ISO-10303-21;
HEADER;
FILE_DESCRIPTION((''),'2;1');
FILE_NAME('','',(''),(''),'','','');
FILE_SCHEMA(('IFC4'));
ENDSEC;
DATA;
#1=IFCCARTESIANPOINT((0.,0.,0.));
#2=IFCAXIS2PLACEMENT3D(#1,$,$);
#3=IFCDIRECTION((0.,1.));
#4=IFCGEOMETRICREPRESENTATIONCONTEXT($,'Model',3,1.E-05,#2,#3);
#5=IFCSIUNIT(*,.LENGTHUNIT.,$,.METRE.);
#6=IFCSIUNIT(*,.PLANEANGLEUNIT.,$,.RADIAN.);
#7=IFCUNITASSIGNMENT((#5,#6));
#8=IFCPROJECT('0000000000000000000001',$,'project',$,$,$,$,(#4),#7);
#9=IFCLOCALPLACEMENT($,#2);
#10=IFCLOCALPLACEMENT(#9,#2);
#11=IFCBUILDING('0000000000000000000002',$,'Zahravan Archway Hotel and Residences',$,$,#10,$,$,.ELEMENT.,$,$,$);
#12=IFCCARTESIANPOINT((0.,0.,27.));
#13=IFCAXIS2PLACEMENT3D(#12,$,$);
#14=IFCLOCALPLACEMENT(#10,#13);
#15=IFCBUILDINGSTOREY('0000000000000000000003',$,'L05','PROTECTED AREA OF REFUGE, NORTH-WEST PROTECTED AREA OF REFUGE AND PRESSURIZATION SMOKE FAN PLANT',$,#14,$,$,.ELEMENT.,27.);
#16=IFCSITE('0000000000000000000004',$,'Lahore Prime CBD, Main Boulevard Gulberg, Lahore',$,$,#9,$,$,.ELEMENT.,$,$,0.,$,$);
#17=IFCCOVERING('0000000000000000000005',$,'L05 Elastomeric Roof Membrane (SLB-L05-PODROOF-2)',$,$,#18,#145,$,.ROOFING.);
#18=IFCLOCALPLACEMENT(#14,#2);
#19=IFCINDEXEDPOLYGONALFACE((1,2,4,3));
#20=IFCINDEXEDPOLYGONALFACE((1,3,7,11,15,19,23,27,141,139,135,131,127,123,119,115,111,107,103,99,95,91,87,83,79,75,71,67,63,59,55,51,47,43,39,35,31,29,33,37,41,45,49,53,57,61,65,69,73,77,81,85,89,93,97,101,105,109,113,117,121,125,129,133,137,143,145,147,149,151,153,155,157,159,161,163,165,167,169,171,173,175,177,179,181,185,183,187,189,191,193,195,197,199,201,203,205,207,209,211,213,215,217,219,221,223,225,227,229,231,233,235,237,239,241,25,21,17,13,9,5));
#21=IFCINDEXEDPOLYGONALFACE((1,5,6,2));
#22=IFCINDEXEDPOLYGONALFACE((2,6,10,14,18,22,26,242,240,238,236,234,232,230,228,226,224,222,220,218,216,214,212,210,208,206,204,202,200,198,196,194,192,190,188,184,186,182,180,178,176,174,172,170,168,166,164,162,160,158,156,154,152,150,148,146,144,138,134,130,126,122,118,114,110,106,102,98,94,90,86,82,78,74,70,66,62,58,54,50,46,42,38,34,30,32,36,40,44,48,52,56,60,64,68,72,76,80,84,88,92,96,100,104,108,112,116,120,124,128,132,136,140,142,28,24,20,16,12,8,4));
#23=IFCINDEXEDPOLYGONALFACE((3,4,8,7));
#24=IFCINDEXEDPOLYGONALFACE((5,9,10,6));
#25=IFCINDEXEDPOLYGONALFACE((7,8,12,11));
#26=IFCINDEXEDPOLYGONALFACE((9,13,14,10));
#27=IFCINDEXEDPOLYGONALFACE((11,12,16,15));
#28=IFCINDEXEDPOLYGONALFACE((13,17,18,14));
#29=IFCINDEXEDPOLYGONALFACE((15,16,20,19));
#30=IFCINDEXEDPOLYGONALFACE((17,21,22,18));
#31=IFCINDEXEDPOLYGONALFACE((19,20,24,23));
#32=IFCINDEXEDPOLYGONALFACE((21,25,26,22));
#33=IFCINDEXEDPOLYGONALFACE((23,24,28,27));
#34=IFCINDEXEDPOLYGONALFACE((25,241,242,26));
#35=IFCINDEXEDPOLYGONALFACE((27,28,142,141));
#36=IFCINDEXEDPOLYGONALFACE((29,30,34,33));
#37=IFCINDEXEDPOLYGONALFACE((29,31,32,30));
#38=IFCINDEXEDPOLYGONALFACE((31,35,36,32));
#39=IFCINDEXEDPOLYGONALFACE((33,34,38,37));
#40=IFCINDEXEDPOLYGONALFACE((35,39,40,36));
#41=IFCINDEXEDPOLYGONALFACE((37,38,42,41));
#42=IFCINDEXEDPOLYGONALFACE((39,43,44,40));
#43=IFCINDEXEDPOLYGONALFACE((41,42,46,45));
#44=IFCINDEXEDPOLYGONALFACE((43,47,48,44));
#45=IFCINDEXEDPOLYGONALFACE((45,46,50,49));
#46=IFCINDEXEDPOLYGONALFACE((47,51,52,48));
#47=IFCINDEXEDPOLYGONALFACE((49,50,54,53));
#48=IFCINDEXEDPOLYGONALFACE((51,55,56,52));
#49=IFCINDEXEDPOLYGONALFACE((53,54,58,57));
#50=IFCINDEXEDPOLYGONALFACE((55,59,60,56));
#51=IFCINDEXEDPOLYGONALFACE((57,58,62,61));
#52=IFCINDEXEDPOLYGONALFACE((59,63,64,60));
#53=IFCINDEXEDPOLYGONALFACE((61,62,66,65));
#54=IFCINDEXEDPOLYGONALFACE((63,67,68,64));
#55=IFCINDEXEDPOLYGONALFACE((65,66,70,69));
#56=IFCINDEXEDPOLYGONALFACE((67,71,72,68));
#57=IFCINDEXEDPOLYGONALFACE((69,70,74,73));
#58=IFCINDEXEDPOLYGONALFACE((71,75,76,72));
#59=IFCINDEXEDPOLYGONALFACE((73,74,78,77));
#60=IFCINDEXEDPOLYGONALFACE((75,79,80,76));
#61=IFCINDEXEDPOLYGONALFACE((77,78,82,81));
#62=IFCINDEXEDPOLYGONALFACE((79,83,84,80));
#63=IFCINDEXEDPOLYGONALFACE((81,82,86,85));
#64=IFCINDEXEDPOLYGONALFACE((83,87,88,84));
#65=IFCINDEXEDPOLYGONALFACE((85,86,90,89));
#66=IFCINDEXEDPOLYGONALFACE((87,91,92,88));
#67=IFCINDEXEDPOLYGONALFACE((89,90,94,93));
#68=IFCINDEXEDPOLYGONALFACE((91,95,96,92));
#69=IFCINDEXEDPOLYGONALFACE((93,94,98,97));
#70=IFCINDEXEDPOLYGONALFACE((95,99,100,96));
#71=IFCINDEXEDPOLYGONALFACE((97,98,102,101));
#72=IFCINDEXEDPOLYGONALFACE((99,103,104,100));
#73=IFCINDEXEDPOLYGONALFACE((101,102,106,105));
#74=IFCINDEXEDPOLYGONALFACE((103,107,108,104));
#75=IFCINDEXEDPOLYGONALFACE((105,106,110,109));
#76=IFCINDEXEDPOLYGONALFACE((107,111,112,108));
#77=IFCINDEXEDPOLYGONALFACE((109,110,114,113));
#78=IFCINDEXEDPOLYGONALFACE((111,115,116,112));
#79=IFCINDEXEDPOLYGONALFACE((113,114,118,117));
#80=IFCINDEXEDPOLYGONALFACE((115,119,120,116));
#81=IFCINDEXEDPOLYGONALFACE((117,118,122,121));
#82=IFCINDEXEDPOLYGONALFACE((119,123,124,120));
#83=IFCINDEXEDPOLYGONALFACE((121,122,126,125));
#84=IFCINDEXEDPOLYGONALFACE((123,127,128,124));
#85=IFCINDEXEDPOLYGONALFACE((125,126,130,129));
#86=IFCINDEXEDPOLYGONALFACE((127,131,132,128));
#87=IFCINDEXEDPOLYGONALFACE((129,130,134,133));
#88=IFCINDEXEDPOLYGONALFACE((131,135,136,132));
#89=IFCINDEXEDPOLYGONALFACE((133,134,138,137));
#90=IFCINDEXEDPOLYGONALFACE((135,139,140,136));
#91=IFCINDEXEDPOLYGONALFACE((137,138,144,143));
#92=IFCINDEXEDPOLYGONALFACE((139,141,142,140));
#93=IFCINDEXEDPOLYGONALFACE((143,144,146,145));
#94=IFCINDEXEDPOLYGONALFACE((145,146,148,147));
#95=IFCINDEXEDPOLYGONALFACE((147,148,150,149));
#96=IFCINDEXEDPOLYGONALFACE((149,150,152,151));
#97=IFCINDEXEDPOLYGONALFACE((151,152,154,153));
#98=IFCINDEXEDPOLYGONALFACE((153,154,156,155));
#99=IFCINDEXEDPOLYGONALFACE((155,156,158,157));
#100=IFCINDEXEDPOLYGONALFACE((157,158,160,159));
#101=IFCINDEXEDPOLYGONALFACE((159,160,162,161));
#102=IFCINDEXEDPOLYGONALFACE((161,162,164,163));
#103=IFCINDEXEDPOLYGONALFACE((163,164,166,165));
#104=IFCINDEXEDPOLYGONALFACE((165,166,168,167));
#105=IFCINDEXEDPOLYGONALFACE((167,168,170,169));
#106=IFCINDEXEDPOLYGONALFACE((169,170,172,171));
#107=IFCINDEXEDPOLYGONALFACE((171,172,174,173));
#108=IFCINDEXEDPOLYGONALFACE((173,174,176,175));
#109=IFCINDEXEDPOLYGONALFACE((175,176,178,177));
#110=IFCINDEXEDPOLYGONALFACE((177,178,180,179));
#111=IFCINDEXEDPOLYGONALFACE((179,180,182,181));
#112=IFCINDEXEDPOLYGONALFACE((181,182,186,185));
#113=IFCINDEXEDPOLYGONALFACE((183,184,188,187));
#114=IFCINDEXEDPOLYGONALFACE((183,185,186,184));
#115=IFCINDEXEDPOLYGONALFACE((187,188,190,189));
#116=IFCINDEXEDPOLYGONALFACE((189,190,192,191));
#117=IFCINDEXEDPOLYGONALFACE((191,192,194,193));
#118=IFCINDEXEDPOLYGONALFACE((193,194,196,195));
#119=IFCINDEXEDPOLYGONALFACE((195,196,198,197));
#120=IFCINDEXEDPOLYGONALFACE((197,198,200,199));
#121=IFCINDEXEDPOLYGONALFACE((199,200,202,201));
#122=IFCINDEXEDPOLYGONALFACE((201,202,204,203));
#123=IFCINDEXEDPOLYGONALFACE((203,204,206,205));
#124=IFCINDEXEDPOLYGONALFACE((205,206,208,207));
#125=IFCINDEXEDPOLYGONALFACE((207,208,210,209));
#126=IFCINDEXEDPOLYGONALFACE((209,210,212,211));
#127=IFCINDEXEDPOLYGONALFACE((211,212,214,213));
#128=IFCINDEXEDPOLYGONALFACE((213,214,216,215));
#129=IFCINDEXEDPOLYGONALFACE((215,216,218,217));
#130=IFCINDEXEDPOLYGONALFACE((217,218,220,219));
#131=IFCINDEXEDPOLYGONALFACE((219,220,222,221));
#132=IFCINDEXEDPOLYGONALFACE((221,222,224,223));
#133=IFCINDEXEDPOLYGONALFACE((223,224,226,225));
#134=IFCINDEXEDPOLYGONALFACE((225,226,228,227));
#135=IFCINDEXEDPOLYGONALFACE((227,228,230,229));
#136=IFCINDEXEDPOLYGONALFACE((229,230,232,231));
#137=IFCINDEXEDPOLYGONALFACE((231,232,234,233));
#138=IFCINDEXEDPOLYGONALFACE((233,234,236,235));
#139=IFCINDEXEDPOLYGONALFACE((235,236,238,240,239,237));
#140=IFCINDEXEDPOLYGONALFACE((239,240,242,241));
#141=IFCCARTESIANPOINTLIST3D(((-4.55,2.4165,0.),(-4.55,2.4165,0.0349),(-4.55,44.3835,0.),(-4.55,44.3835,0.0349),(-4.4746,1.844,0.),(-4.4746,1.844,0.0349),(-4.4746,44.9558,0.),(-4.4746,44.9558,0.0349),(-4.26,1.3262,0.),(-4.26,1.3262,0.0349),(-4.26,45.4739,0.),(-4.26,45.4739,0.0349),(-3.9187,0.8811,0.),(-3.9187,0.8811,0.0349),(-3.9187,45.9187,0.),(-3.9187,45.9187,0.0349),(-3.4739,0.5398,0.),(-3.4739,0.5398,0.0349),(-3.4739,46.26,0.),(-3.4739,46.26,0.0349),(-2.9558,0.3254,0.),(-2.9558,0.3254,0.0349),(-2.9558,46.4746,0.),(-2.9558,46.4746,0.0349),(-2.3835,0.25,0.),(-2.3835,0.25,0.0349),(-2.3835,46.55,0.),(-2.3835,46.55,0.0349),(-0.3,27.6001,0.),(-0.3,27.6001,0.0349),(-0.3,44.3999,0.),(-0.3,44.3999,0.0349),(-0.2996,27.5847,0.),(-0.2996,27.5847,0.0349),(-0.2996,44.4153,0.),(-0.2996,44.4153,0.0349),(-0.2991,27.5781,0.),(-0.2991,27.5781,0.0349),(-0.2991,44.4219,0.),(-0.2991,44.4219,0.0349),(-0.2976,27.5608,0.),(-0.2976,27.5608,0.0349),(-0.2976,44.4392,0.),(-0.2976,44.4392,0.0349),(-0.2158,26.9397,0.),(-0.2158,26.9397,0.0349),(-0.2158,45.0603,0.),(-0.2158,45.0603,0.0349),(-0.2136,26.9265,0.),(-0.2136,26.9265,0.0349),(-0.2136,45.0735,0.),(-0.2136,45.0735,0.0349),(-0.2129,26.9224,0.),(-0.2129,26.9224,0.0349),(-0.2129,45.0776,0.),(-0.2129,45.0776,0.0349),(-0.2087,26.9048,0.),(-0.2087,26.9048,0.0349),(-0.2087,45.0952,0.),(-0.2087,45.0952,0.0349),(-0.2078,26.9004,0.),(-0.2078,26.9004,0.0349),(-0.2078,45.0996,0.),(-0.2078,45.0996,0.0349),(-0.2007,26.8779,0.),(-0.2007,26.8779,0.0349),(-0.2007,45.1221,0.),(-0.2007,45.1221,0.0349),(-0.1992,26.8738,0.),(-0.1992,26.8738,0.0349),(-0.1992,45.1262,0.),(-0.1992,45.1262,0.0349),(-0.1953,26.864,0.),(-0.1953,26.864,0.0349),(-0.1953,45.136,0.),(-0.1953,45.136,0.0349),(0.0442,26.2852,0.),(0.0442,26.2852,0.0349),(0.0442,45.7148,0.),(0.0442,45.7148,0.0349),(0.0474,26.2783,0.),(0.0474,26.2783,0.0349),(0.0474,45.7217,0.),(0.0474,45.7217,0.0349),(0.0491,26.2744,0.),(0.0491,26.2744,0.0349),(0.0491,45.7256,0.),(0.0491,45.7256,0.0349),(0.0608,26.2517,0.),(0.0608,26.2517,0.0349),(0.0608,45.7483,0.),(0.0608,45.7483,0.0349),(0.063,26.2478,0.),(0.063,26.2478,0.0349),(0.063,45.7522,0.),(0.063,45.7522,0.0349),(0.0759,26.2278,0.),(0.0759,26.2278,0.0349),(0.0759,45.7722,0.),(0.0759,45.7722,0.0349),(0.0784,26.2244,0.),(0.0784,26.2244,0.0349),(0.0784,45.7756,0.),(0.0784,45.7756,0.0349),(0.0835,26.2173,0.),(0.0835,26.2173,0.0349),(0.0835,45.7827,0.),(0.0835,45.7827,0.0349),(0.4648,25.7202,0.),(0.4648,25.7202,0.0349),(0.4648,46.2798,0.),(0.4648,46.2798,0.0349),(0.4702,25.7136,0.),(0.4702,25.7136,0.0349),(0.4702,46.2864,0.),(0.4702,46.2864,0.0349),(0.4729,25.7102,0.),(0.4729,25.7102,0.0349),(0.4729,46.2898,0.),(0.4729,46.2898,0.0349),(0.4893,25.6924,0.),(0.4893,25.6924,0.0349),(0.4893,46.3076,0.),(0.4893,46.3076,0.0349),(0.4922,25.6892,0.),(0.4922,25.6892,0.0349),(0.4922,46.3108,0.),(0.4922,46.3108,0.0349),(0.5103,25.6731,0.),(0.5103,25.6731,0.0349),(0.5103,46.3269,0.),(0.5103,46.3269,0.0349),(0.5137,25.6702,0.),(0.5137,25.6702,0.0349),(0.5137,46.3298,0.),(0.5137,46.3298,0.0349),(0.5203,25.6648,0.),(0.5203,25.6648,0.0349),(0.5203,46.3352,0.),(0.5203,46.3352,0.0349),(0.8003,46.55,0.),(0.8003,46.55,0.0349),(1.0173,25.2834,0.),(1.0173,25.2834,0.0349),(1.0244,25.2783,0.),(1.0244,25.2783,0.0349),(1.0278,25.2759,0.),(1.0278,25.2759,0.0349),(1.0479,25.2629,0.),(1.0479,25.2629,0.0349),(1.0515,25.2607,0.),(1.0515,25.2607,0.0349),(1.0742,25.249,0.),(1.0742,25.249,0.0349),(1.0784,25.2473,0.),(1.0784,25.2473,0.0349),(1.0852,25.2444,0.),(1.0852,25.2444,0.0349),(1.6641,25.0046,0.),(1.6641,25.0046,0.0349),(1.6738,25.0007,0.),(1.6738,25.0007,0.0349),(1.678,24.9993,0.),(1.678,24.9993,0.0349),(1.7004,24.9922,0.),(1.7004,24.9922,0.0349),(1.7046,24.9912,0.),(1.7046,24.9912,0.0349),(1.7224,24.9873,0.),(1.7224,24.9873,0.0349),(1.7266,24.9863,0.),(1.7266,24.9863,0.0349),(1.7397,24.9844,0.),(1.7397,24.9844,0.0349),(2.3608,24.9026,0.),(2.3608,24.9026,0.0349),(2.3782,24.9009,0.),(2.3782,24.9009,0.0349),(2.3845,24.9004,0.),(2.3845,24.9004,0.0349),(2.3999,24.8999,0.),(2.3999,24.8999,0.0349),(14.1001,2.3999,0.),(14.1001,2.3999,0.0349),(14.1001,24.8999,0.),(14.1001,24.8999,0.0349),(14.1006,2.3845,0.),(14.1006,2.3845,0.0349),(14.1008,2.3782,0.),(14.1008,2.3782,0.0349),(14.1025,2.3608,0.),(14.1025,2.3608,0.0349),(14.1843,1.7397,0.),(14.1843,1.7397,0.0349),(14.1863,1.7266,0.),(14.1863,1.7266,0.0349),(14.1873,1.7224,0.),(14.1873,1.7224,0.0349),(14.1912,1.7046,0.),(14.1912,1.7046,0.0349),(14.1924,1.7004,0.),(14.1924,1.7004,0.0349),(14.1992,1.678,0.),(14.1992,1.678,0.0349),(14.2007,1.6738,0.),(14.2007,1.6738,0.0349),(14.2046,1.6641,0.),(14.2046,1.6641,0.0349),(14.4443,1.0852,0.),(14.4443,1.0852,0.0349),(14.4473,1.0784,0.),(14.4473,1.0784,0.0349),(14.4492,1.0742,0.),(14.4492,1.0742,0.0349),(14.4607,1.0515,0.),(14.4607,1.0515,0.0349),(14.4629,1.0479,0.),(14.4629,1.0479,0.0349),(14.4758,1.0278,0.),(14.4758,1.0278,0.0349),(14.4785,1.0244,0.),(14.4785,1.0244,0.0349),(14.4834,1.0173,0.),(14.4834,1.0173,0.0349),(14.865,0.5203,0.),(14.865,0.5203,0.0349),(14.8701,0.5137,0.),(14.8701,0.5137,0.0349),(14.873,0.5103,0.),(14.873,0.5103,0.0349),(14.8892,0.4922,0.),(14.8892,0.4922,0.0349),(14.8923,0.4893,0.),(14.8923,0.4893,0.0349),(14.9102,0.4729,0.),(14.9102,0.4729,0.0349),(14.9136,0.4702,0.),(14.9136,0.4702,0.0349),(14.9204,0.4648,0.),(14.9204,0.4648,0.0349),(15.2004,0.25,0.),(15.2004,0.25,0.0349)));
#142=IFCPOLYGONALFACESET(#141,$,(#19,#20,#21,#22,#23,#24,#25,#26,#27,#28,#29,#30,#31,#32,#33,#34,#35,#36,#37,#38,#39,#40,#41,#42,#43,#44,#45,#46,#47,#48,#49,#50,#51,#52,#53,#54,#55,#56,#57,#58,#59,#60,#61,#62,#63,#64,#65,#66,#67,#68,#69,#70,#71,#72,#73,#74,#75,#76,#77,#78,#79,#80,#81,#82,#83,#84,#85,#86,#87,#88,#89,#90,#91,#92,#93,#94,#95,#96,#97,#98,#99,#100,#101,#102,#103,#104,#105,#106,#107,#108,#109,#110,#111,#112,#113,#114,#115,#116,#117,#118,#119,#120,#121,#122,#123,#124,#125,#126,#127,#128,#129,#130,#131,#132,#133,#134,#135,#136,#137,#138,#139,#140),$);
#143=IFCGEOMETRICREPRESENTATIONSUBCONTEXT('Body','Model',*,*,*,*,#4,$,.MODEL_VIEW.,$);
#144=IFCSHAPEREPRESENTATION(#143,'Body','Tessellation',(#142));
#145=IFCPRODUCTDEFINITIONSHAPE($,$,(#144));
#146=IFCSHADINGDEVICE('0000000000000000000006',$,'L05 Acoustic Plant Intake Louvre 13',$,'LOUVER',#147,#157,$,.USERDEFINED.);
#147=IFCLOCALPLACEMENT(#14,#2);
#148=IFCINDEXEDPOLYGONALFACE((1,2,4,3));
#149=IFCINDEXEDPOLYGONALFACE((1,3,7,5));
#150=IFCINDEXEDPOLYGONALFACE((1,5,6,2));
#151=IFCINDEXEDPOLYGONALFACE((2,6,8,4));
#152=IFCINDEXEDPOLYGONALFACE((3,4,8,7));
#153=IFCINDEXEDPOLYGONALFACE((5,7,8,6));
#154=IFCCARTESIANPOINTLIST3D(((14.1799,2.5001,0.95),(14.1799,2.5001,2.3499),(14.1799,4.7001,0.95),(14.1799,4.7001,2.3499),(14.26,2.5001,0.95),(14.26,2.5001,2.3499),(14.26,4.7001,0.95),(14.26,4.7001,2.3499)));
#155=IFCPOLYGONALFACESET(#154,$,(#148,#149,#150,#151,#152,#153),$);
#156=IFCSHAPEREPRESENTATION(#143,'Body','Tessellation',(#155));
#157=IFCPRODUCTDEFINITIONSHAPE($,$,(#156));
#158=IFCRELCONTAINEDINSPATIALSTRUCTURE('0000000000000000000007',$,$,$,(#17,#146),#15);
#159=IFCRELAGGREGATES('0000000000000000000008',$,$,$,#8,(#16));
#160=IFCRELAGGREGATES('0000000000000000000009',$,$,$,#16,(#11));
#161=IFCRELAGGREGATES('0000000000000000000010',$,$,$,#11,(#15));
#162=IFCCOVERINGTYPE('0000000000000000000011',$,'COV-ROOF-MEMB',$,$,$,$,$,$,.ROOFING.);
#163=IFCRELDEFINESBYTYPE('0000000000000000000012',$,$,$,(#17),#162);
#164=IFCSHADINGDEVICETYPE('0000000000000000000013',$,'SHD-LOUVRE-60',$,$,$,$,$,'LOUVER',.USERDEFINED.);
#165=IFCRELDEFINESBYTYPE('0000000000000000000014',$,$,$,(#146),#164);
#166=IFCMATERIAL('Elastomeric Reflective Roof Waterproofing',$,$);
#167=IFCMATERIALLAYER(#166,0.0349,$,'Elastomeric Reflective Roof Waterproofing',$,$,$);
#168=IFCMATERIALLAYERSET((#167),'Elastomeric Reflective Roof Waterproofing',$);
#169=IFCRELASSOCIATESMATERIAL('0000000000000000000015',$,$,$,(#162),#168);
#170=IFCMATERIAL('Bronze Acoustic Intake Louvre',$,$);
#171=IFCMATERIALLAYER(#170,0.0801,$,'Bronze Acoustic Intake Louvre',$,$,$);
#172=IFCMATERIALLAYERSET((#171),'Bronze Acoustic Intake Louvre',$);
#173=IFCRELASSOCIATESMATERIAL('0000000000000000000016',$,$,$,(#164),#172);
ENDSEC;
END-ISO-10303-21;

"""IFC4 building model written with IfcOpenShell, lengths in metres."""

from ifc_helpers import new_model, si_unit, direction, frame, origin, origin_2d, place, context, subcontext, project, spatial, polyline, rectangle, outline, extrude, source, transform, mapped, material, layer, layer_set, type_object, type_shapes, element, save


model = new_model("IFC4")

# Units and contexts
model_context = context("Model", 3, precision=1e-05, world=origin(), true_north=direction((0.0, 1.0)))
body_context = subcontext(model_context, "Body", "Model", "MODEL_VIEW")
ifc_project = project(units=[si_unit("LENGTHUNIT", "METRE"), si_unit("PLANEANGLEUNIT", "RADIAN")], contexts=[model_context])

# Site, building, storey
site_placement = place(None, origin())
site = spatial("IfcSite", under=ifc_project, at=site_placement, Name="Lahore Prime CBD, Main Boulevard Gulberg, Lahore", CompositionType="ELEMENT", RefElevation=0.0)
building_placement = place(site_placement, origin())
building = spatial("IfcBuilding", under=site, at=building_placement, Name="Zahravan Archway Hotel and Residences", CompositionType="ELEMENT")
storey_placement = place(building_placement, frame((0.0, 0.0, 27.0)))
storey = spatial("IfcBuildingStorey", under=building, at=storey_placement, Name="L05", Description="PROTECTED AREA OF REFUGE, NORTH-WEST PROTECTED AREA OF REFUGE AND PRESSURIZATION SMOKE FAN PLANT", CompositionType="ELEMENT", Elevation=27.0)

# Covering
ifc_material_1 = material(Name="Elastomeric Reflective Roof Waterproofing")
ifc_layer_1 = layer(ifc_material_1, 0.0349, Name="Elastomeric Reflective Roof Waterproofing")
ifc_layer_set_1 = layer_set([ifc_layer_1], Name="Elastomeric Reflective Roof Waterproofing")
covering_type = type_object("IfcCoveringType", Name="COV-ROOF-MEMB", PredefinedType="ROOFING", material=ifc_layer_set_1)
covering_1_placement = place(storey_placement, origin())
element("IfcCovering", 1, at=covering_1_placement, inside=storey, type_object=covering_type, Name="L05 Elastomeric Roof Membrane (SLB-L05-PODROOF-2)", PredefinedType="ROOFING", context=body_context, shape_type="SweptSolid", body=[
    extrude(outline(polyline([(-2.3835, 0.25), (-2.9558, 0.3254), (-3.4739, 0.5398), (-3.9187, 0.8811), (-4.26, 1.3262), (-4.4746, 1.844), (-4.55, 2.4165), (-4.55, 44.3835), (-4.4746, 44.9558), (-4.26, 45.4739), (-3.9187, 45.9187), (-3.4739, 46.26), (-2.9558, 46.4746), (-2.3835, 46.55), (0.8003, 46.55), (0.5203, 46.3352), (0.5137, 46.3298), (0.5103, 46.3269), (0.4922, 46.3108), (0.4893, 46.3076), (0.4729, 46.2898), (0.4702, 46.2864), (0.4648, 46.2798), (0.0835, 45.7827), (0.0784, 45.7756), (0.0759, 45.7722), (0.063, 45.7522), (0.0608, 45.7483), (0.0491, 45.7256), (0.0474, 45.7217), (0.0442, 45.7148), (-0.1953, 45.136), (-0.1992, 45.1262), (-0.2007, 45.1221), (-0.2078, 45.0996), (-0.2087, 45.0952), (-0.2129, 45.0776), (-0.2136, 45.0735), (-0.2158, 45.0603), (-0.2976, 44.4392), (-0.2991, 44.4219), (-0.2996, 44.4153), (-0.3, 44.3999), (-0.3, 27.6001), (-0.2996, 27.5847), (-0.2991, 27.5781), (-0.2976, 27.5608), (-0.2158, 26.9397), (-0.2136, 26.9265), (-0.2129, 26.9224), (-0.2087, 26.9048), (-0.2078, 26.9004), (-0.2007, 26.8779), (-0.1992, 26.8738), (-0.1953, 26.864), (0.0442, 26.2852), (0.0474, 26.2783), (0.0491, 26.2744), (0.0608, 26.2517), (0.063, 26.2478), (0.0759, 26.2278), (0.0784, 26.2244), (0.0835, 26.2173), (0.4648, 25.7202), (0.4702, 25.7136), (0.4729, 25.7102), (0.4893, 25.6924), (0.4922, 25.6892), (0.5103, 25.6731), (0.5137, 25.6702), (0.5203, 25.6648), (1.0173, 25.2834), (1.0244, 25.2783), (1.0278, 25.2759), (1.0479, 25.2629), (1.0515, 25.2607), (1.0742, 25.249), (1.0784, 25.2473), (1.0852, 25.2444), (1.6641, 25.0046), (1.6738, 25.0007), (1.678, 24.9993), (1.7004, 24.9922), (1.7046, 24.9912), (1.7224, 24.9873), (1.7266, 24.9863), (1.7397, 24.9844), (2.3608, 24.9026), (2.3782, 24.9009), (2.3845, 24.9004), (2.3999, 24.8999), (14.1001, 24.8999), (14.1001, 2.3999), (14.1006, 2.3845), (14.1008, 2.3782), (14.1025, 2.3608), (14.1843, 1.7397), (14.1863, 1.7266), (14.1873, 1.7224), (14.1912, 1.7046), (14.1924, 1.7004), (14.1992, 1.678), (14.2007, 1.6738), (14.2046, 1.6641), (14.4443, 1.0852), (14.4473, 1.0784), (14.4492, 1.0742), (14.4607, 1.0515), (14.4629, 1.0479), (14.4758, 1.0278), (14.4785, 1.0244), (14.4834, 1.0173), (14.865, 0.5203), (14.8701, 0.5137), (14.873, 0.5103), (14.8892, 0.4922), (14.8923, 0.4893), (14.9102, 0.4729), (14.9136, 0.4702), (14.9204, 0.4648), (15.2004, 0.25), (-2.3835, 0.25)])), origin(), (0.0, 0.0, 1.0), 0.0349),
])

# Shading device
ifc_material_2 = material(Name="Bronze Acoustic Intake Louvre")
ifc_layer_2 = layer(ifc_material_2, 0.0801, Name="Bronze Acoustic Intake Louvre")
ifc_layer_set_2 = layer_set([ifc_layer_2], Name="Bronze Acoustic Intake Louvre")
shading_device_type = type_object("IfcShadingDeviceType", Name="SHD-LOUVRE-60", ElementType="LOUVER", PredefinedType="USERDEFINED", material=ifc_layer_set_2)
shared_shape_1 = source(origin(), body_context, "Body", "SweptSolid", [
    extrude(rectangle(XDim=2.2, YDim=0.0801, at=origin_2d()), origin(), (0.0, 0.0, 1.0), 1.3999),
])
type_shapes(shading_device_type, [shared_shape_1])
shading_device_placement = place(storey_placement, frame((14.22, 3.6001, 0.95), z_axis=(0.0, 0.0, 1.0), x_axis=(0.0, 1.0, 0.0)))
element("IfcShadingDevice", 2, at=shading_device_placement, inside=storey, type_object=shading_device_type, Name="L05 Acoustic Plant Intake Louvre 13", ObjectType="LOUVER", PredefinedType="USERDEFINED", context=body_context, shape_type="MappedRepresentation", body=[
    mapped(shared_shape_1, transform((0.0, 0.0, 0.0), scale=1.0)),
])

save(model, "model.ifc")
